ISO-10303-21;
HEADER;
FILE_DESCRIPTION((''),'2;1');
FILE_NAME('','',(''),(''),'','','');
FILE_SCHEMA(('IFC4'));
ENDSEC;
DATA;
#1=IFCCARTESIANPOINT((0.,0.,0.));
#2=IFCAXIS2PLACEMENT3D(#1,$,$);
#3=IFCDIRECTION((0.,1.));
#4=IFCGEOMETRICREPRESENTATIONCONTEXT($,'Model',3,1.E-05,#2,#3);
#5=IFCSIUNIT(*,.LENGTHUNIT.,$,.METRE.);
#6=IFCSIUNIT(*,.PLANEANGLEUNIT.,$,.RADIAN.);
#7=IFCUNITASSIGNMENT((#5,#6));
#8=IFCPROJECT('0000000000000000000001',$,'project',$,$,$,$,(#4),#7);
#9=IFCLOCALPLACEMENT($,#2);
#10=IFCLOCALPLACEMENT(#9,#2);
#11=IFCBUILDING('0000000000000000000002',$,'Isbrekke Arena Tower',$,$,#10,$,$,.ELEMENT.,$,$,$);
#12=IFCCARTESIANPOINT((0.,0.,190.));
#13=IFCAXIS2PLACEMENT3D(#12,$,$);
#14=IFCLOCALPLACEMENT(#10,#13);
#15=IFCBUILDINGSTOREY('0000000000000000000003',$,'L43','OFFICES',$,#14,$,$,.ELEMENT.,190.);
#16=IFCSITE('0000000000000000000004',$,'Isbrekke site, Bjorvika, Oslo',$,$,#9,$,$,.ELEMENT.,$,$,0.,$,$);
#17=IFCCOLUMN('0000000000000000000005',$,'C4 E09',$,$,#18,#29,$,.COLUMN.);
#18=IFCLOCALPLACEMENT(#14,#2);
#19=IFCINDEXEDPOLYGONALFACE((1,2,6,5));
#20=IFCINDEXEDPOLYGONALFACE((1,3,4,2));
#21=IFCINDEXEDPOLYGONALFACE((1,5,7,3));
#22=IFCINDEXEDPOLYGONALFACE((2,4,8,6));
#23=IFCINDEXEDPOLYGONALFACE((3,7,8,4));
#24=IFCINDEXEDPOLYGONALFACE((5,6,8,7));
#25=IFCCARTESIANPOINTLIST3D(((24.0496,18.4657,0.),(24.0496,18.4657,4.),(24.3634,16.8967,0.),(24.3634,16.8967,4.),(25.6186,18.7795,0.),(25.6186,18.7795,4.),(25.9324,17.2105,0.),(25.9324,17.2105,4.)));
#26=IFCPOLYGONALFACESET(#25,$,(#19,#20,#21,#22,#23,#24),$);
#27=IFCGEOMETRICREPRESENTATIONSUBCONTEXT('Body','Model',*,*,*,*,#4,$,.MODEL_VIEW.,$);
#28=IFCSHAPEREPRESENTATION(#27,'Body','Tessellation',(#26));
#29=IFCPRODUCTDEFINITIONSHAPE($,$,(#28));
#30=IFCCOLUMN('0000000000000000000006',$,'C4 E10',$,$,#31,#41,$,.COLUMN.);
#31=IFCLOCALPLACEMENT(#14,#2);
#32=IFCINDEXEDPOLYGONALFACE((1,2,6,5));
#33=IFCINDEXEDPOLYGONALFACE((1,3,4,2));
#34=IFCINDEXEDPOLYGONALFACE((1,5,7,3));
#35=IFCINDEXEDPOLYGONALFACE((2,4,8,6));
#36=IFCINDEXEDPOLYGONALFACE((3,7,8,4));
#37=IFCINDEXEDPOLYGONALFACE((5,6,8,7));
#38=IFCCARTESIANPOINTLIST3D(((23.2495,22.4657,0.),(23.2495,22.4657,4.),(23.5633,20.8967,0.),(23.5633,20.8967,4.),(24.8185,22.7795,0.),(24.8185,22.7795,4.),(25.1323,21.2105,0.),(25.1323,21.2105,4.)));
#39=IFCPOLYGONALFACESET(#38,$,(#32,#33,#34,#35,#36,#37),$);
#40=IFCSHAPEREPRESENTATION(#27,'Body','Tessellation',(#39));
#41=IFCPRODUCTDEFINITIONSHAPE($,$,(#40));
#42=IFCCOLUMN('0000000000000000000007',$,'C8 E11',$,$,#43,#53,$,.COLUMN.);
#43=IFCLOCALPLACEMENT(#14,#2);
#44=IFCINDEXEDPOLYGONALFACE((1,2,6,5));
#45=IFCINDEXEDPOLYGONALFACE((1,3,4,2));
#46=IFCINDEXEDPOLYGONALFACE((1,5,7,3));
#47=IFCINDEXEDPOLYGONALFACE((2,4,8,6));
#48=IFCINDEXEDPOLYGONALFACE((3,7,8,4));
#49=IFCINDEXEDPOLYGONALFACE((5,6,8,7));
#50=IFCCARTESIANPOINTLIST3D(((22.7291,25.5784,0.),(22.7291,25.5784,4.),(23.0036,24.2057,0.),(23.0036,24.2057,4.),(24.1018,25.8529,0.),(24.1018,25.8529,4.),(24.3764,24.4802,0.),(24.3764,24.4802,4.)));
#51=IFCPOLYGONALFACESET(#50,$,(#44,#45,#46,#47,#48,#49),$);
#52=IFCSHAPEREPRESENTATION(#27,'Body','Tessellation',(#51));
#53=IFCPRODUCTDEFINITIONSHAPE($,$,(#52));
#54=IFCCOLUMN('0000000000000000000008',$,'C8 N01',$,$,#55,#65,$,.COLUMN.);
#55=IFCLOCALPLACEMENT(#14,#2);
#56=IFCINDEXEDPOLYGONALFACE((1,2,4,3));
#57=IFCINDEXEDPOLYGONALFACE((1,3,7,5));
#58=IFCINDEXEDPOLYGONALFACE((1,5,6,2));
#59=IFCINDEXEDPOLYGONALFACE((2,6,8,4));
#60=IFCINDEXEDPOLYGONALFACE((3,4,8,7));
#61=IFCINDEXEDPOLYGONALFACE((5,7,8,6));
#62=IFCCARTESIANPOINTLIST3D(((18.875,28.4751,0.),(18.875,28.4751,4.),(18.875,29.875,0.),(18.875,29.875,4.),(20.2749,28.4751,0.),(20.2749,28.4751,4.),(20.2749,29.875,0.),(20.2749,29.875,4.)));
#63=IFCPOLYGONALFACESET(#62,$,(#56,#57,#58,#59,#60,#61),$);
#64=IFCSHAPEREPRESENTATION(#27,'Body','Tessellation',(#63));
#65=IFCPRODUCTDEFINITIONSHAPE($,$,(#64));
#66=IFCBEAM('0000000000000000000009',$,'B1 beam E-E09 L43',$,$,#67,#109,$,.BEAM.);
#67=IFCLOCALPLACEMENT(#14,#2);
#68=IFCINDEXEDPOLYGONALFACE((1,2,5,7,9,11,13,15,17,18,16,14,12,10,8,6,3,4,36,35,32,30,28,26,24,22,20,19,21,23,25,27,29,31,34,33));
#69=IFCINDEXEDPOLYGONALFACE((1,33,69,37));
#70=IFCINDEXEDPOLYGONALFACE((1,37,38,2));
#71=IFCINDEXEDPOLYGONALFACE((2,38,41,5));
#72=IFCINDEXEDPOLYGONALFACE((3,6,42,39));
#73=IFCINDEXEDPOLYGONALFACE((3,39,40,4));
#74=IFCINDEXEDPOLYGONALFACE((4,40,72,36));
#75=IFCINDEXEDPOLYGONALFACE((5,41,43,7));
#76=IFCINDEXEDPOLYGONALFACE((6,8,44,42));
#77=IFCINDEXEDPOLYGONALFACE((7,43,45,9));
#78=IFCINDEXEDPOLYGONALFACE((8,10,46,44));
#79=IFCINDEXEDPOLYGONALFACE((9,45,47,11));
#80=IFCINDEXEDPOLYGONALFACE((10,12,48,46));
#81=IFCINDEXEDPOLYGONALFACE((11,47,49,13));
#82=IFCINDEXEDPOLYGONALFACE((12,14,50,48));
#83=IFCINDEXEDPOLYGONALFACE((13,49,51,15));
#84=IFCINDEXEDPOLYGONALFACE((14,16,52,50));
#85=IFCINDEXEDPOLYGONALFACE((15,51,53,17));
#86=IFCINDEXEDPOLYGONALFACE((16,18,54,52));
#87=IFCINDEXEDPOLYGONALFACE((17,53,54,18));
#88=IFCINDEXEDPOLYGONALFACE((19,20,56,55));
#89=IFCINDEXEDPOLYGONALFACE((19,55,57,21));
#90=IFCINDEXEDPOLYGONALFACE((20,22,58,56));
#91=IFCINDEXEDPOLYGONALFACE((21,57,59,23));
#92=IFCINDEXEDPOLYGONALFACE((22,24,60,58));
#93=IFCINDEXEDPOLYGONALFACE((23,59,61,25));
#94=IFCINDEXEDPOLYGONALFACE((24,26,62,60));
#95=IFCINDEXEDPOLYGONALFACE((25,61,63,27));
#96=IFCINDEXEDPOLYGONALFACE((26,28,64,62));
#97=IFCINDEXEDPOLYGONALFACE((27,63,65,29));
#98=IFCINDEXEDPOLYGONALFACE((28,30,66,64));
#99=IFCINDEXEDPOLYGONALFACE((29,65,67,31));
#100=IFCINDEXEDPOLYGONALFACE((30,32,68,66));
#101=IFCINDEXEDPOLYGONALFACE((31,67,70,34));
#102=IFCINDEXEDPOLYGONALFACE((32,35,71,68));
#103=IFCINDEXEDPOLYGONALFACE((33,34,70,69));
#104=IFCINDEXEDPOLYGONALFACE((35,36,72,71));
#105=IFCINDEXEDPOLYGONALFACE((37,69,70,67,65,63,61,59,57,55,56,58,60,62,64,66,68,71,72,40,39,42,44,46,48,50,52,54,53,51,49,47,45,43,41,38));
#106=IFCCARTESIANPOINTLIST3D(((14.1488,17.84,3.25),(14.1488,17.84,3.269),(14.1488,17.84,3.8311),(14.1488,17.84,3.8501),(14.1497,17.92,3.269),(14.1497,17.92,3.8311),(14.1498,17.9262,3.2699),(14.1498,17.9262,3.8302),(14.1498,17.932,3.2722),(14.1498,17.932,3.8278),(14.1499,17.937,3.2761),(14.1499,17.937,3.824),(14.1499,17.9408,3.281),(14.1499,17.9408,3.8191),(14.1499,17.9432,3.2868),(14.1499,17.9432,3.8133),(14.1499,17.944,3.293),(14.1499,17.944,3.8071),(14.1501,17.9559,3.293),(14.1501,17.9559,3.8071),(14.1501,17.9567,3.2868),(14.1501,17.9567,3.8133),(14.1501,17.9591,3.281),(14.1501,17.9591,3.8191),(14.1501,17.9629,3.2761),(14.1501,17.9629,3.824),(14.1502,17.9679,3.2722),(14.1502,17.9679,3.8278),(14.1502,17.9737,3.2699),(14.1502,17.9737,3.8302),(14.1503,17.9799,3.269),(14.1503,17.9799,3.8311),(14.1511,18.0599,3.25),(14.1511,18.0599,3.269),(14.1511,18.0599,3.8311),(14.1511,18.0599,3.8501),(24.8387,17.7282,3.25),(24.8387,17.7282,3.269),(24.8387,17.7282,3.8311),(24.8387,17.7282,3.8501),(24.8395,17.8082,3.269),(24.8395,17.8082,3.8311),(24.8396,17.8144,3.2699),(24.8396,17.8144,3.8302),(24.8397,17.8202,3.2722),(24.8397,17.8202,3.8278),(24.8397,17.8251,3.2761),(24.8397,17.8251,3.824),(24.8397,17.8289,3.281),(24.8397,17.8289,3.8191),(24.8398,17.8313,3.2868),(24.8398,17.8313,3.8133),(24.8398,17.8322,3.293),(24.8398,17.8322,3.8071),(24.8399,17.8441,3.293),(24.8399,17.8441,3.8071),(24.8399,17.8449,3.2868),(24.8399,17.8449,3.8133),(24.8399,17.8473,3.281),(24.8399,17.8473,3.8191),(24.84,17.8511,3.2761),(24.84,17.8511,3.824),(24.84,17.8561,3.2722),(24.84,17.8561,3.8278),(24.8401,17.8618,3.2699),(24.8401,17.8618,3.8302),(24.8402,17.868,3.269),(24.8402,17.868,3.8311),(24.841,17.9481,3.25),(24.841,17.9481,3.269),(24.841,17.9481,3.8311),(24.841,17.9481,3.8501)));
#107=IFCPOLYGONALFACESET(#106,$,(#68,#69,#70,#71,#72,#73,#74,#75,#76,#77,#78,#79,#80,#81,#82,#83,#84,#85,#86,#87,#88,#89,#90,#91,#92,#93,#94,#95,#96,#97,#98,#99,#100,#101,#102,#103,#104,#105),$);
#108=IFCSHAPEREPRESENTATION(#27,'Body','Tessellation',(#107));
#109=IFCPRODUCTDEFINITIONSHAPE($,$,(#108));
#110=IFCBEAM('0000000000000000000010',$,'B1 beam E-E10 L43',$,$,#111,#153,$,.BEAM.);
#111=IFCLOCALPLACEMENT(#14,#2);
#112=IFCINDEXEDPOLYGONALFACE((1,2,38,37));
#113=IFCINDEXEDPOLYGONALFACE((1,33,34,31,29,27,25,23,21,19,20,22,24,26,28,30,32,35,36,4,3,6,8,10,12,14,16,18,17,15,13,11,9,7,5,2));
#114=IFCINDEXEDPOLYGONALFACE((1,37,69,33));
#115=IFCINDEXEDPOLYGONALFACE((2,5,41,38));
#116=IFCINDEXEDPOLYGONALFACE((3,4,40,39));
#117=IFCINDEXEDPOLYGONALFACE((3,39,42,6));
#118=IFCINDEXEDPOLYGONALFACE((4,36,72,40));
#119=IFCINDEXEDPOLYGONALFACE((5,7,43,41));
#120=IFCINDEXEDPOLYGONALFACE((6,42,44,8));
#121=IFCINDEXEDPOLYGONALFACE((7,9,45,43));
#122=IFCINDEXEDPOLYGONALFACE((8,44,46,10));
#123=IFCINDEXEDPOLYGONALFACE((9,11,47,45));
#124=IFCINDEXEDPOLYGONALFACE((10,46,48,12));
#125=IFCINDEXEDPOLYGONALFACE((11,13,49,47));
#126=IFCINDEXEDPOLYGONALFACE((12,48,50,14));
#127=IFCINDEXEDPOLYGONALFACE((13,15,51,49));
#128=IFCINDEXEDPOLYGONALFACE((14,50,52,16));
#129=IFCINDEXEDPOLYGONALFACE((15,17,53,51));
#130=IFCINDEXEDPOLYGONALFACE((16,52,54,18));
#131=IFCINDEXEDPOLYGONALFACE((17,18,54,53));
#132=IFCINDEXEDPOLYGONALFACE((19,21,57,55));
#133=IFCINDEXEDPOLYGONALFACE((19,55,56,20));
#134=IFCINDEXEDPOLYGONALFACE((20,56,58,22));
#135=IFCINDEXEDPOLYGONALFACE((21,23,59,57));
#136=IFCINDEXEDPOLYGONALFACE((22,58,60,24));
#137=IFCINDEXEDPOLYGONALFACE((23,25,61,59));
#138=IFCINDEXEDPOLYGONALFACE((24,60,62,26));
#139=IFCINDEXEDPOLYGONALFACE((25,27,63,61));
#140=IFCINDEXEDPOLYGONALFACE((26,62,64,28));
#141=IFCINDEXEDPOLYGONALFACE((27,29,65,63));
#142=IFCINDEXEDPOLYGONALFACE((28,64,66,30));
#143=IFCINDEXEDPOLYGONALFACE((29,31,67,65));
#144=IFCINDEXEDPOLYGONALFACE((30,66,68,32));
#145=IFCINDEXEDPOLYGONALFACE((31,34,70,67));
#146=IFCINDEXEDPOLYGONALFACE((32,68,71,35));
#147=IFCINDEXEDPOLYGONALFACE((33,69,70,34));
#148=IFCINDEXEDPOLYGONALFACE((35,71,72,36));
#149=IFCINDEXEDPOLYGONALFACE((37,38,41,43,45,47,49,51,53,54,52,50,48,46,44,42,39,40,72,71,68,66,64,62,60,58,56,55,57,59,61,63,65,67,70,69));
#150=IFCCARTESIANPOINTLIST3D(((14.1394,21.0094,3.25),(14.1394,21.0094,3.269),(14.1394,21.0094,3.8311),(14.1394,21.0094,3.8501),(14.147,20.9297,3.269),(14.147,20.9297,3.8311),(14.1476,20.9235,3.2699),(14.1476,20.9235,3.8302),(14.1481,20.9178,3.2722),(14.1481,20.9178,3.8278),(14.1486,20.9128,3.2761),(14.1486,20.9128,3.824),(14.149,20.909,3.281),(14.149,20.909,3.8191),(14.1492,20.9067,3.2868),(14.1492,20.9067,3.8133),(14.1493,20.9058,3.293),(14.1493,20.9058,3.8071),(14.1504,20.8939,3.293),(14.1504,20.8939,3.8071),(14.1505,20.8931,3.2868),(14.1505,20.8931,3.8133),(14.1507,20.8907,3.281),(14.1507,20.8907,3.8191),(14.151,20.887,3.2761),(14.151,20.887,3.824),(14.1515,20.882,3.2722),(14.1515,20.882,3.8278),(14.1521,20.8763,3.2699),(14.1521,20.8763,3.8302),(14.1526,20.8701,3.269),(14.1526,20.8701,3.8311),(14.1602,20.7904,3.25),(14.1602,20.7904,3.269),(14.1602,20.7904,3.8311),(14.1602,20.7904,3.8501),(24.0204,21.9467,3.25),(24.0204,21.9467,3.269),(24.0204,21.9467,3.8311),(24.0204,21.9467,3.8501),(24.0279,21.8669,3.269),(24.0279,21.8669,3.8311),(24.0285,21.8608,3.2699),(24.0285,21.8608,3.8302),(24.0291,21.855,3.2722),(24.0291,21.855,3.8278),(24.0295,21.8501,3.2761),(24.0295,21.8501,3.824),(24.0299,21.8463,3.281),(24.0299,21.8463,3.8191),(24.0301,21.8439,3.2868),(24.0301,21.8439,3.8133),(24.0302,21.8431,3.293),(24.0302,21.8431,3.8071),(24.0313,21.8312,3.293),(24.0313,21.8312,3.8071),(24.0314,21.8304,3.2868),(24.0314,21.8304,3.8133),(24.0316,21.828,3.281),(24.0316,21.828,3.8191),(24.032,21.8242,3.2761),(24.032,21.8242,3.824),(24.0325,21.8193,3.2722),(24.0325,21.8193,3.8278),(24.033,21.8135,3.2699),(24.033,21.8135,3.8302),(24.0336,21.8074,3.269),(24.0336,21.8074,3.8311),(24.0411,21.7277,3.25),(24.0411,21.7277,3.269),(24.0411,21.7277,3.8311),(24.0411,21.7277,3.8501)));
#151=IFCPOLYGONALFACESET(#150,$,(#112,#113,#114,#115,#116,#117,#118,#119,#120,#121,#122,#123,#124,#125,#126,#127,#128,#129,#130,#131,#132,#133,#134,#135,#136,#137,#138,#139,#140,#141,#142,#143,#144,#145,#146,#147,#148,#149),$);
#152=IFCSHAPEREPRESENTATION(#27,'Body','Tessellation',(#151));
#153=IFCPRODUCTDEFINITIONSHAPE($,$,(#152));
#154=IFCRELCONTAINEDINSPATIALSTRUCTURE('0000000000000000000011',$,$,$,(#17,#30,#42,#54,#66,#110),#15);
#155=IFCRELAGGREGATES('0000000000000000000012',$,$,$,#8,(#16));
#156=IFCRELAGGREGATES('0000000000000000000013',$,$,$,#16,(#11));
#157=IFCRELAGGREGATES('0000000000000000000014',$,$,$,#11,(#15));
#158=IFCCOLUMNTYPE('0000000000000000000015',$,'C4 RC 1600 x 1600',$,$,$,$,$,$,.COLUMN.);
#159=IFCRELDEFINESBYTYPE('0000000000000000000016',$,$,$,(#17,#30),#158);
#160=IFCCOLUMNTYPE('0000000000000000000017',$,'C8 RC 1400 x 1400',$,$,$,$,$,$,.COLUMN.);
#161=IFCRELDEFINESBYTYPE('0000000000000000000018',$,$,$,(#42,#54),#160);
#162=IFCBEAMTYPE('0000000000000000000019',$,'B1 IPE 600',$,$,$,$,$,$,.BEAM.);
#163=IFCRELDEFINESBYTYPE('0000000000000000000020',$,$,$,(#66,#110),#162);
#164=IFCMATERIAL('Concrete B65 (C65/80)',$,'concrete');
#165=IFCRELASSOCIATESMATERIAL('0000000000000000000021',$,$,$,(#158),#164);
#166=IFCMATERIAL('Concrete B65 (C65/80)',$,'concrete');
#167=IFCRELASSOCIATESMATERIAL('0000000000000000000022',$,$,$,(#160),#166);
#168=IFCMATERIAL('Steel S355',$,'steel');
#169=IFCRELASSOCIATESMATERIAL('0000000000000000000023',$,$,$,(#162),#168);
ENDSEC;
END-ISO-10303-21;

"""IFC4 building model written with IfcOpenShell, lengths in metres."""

from ifc_helpers import new_model, si_unit, direction, frame, origin, origin_2d, place, context, subcontext, project, spatial, rectangle, i_section, extrude, material, material_profile, profile_set, type_object, element, save


model = new_model("IFC4")

# Units and contexts
model_context = context("Model", 3, precision=1e-05, world=origin(), true_north=direction((0.0, 1.0)))
body_context = subcontext(model_context, "Body", "Model", "MODEL_VIEW")
ifc_project = project(units=[si_unit("LENGTHUNIT", "METRE"), si_unit("PLANEANGLEUNIT", "RADIAN")], contexts=[model_context])

# Site, building, storey
site_placement = place(None, origin())
site = spatial("IfcSite", under=ifc_project, at=site_placement, Name="Isbrekke site, Bjorvika, Oslo", CompositionType="ELEMENT", RefElevation=0.0)
building_placement = place(site_placement, origin())
building = spatial("IfcBuilding", under=site, at=building_placement, Name="Isbrekke Arena Tower", CompositionType="ELEMENT")
storey_placement = place(building_placement, frame((0.0, 0.0, 190.0)))
storey = spatial("IfcBuildingStorey", under=building, at=storey_placement, Name="L43", Description="OFFICES", CompositionType="ELEMENT", Elevation=190.0)

# Columns
ifc_material_1 = material(Name="Concrete B65 (C65/80)", Category="concrete")
ifc_material_profile_1 = material_profile(ifc_material_1, rectangle(XDim=1.6001, YDim=1.6001, at=origin_2d()), Name="RC 1600x1600")
ifc_profile_set_1 = profile_set([ifc_material_profile_1], Name="Concrete B65 (C65/80)")
column_type_1 = type_object("IfcColumnType", Name="C4 RC 1600 x 1600", PredefinedType="COLUMN", material=ifc_profile_set_1)
for number, where, z_axis, x_axis, name in (
    (1, (24.991, 17.8381, 0.0), (0.0, 0.0, 1.0), (-0.196116, 0.980581, 0.0), "C4 E09"),
    (2, (24.1909, 21.8381, 0.0), (0.0, 0.0, 1.0), (-0.196116, 0.980581, 0.0), "C4 E10"),
):
    element("IfcColumn", number, at=place(storey_placement, frame(where, z_axis=z_axis, x_axis=x_axis)), inside=storey, type_object=column_type_1, Name=name, PredefinedType="COLUMN", context=body_context, shape_type="SweptSolid", body=[
        extrude(rectangle(XDim=1.6001, YDim=1.6001, at=origin_2d()), origin(), (0.0, 0.0, 1.0), 4.0),
    ])
ifc_material_2 = material(Name="Concrete B65 (C65/80)", Category="concrete")
ifc_material_profile_2 = material_profile(ifc_material_2, rectangle(XDim=1.3999, YDim=1.3999, at=origin_2d()), Name="RC 1400x1400")
ifc_profile_set_2 = profile_set([ifc_material_profile_2], Name="Concrete B65 (C65/80)")
column_type_2 = type_object("IfcColumnType", Name="C8 RC 1400 x 1400", PredefinedType="COLUMN", material=ifc_profile_set_2)
for number, where, z_axis, x_axis, name in (
    (3, (23.5527, 25.0293, 0.0), (0.0, 0.0, 1.0), (-0.196116, 0.980581, 0.0), "C8 E11"),
    (4, (19.575, 29.175, 0.0), (0.0, 0.0, 1.0), (-1.0, 0.0, 0.0), "C8 N01"),
):
    element("IfcColumn", number, at=place(storey_placement, frame(where, z_axis=z_axis, x_axis=x_axis)), inside=storey, type_object=column_type_2, Name=name, PredefinedType="COLUMN", context=body_context, shape_type="SweptSolid", body=[
        extrude(rectangle(XDim=1.3999, YDim=1.3999, at=origin_2d()), origin(), (0.0, 0.0, 1.0), 4.0),
    ])

# Beams
ifc_material_3 = material(Name="Steel S355", Category="steel")
ifc_material_profile_3 = material_profile(ifc_material_3, i_section(OverallWidth=0.22, OverallDepth=0.6001, WebThickness=0.012, FlangeThickness=0.019, FilletRadius=0.0239, at=origin_2d()), Name="IPE 600")
ifc_profile_set_3 = profile_set([ifc_material_profile_3], Name="Steel S355")
beam_type_1 = type_object("IfcBeamType", Name="B1 IPE 600", PredefinedType="BEAM", material=ifc_profile_set_3)
beam_1_placement = place(storey_placement, frame((24.8398, 17.8381, 3.55), z_axis=(-0.999945, 0.010459, 0.0), x_axis=(-0.010459, -0.999945, 0.0)))
element("IfcBeam", 5, at=beam_1_placement, inside=storey, type_object=beam_type_1, Name="B1 beam E-E09 L43", PredefinedType="BEAM", context=body_context, shape_type="SweptSolid", body=[
    extrude(i_section(OverallWidth=0.22, OverallDepth=0.6001, WebThickness=0.012, FlangeThickness=0.019, FilletRadius=0.0239, at=origin_2d()), origin(), (0.0, 0.0, 1.0), 10.6904),
])
beam_2_placement = place(storey_placement, frame((24.0308, 21.8372, 3.55), z_axis=(-0.995531, -0.094432, 0.0), x_axis=(0.094432, -0.995531, 0.0)))
element("IfcBeam", 6, at=beam_2_placement, inside=storey, type_object=beam_type_1, Name="B1 beam E-E10 L43", PredefinedType="BEAM", context=body_context, shape_type="SweptSolid", body=[
    extrude(i_section(OverallWidth=0.22, OverallDepth=0.6001, WebThickness=0.012, FlangeThickness=0.019, FilletRadius=0.0239, at=origin_2d()), origin(), (0.0, 0.0, 1.0), 9.9253),
])

save(model, "model.ifc")
